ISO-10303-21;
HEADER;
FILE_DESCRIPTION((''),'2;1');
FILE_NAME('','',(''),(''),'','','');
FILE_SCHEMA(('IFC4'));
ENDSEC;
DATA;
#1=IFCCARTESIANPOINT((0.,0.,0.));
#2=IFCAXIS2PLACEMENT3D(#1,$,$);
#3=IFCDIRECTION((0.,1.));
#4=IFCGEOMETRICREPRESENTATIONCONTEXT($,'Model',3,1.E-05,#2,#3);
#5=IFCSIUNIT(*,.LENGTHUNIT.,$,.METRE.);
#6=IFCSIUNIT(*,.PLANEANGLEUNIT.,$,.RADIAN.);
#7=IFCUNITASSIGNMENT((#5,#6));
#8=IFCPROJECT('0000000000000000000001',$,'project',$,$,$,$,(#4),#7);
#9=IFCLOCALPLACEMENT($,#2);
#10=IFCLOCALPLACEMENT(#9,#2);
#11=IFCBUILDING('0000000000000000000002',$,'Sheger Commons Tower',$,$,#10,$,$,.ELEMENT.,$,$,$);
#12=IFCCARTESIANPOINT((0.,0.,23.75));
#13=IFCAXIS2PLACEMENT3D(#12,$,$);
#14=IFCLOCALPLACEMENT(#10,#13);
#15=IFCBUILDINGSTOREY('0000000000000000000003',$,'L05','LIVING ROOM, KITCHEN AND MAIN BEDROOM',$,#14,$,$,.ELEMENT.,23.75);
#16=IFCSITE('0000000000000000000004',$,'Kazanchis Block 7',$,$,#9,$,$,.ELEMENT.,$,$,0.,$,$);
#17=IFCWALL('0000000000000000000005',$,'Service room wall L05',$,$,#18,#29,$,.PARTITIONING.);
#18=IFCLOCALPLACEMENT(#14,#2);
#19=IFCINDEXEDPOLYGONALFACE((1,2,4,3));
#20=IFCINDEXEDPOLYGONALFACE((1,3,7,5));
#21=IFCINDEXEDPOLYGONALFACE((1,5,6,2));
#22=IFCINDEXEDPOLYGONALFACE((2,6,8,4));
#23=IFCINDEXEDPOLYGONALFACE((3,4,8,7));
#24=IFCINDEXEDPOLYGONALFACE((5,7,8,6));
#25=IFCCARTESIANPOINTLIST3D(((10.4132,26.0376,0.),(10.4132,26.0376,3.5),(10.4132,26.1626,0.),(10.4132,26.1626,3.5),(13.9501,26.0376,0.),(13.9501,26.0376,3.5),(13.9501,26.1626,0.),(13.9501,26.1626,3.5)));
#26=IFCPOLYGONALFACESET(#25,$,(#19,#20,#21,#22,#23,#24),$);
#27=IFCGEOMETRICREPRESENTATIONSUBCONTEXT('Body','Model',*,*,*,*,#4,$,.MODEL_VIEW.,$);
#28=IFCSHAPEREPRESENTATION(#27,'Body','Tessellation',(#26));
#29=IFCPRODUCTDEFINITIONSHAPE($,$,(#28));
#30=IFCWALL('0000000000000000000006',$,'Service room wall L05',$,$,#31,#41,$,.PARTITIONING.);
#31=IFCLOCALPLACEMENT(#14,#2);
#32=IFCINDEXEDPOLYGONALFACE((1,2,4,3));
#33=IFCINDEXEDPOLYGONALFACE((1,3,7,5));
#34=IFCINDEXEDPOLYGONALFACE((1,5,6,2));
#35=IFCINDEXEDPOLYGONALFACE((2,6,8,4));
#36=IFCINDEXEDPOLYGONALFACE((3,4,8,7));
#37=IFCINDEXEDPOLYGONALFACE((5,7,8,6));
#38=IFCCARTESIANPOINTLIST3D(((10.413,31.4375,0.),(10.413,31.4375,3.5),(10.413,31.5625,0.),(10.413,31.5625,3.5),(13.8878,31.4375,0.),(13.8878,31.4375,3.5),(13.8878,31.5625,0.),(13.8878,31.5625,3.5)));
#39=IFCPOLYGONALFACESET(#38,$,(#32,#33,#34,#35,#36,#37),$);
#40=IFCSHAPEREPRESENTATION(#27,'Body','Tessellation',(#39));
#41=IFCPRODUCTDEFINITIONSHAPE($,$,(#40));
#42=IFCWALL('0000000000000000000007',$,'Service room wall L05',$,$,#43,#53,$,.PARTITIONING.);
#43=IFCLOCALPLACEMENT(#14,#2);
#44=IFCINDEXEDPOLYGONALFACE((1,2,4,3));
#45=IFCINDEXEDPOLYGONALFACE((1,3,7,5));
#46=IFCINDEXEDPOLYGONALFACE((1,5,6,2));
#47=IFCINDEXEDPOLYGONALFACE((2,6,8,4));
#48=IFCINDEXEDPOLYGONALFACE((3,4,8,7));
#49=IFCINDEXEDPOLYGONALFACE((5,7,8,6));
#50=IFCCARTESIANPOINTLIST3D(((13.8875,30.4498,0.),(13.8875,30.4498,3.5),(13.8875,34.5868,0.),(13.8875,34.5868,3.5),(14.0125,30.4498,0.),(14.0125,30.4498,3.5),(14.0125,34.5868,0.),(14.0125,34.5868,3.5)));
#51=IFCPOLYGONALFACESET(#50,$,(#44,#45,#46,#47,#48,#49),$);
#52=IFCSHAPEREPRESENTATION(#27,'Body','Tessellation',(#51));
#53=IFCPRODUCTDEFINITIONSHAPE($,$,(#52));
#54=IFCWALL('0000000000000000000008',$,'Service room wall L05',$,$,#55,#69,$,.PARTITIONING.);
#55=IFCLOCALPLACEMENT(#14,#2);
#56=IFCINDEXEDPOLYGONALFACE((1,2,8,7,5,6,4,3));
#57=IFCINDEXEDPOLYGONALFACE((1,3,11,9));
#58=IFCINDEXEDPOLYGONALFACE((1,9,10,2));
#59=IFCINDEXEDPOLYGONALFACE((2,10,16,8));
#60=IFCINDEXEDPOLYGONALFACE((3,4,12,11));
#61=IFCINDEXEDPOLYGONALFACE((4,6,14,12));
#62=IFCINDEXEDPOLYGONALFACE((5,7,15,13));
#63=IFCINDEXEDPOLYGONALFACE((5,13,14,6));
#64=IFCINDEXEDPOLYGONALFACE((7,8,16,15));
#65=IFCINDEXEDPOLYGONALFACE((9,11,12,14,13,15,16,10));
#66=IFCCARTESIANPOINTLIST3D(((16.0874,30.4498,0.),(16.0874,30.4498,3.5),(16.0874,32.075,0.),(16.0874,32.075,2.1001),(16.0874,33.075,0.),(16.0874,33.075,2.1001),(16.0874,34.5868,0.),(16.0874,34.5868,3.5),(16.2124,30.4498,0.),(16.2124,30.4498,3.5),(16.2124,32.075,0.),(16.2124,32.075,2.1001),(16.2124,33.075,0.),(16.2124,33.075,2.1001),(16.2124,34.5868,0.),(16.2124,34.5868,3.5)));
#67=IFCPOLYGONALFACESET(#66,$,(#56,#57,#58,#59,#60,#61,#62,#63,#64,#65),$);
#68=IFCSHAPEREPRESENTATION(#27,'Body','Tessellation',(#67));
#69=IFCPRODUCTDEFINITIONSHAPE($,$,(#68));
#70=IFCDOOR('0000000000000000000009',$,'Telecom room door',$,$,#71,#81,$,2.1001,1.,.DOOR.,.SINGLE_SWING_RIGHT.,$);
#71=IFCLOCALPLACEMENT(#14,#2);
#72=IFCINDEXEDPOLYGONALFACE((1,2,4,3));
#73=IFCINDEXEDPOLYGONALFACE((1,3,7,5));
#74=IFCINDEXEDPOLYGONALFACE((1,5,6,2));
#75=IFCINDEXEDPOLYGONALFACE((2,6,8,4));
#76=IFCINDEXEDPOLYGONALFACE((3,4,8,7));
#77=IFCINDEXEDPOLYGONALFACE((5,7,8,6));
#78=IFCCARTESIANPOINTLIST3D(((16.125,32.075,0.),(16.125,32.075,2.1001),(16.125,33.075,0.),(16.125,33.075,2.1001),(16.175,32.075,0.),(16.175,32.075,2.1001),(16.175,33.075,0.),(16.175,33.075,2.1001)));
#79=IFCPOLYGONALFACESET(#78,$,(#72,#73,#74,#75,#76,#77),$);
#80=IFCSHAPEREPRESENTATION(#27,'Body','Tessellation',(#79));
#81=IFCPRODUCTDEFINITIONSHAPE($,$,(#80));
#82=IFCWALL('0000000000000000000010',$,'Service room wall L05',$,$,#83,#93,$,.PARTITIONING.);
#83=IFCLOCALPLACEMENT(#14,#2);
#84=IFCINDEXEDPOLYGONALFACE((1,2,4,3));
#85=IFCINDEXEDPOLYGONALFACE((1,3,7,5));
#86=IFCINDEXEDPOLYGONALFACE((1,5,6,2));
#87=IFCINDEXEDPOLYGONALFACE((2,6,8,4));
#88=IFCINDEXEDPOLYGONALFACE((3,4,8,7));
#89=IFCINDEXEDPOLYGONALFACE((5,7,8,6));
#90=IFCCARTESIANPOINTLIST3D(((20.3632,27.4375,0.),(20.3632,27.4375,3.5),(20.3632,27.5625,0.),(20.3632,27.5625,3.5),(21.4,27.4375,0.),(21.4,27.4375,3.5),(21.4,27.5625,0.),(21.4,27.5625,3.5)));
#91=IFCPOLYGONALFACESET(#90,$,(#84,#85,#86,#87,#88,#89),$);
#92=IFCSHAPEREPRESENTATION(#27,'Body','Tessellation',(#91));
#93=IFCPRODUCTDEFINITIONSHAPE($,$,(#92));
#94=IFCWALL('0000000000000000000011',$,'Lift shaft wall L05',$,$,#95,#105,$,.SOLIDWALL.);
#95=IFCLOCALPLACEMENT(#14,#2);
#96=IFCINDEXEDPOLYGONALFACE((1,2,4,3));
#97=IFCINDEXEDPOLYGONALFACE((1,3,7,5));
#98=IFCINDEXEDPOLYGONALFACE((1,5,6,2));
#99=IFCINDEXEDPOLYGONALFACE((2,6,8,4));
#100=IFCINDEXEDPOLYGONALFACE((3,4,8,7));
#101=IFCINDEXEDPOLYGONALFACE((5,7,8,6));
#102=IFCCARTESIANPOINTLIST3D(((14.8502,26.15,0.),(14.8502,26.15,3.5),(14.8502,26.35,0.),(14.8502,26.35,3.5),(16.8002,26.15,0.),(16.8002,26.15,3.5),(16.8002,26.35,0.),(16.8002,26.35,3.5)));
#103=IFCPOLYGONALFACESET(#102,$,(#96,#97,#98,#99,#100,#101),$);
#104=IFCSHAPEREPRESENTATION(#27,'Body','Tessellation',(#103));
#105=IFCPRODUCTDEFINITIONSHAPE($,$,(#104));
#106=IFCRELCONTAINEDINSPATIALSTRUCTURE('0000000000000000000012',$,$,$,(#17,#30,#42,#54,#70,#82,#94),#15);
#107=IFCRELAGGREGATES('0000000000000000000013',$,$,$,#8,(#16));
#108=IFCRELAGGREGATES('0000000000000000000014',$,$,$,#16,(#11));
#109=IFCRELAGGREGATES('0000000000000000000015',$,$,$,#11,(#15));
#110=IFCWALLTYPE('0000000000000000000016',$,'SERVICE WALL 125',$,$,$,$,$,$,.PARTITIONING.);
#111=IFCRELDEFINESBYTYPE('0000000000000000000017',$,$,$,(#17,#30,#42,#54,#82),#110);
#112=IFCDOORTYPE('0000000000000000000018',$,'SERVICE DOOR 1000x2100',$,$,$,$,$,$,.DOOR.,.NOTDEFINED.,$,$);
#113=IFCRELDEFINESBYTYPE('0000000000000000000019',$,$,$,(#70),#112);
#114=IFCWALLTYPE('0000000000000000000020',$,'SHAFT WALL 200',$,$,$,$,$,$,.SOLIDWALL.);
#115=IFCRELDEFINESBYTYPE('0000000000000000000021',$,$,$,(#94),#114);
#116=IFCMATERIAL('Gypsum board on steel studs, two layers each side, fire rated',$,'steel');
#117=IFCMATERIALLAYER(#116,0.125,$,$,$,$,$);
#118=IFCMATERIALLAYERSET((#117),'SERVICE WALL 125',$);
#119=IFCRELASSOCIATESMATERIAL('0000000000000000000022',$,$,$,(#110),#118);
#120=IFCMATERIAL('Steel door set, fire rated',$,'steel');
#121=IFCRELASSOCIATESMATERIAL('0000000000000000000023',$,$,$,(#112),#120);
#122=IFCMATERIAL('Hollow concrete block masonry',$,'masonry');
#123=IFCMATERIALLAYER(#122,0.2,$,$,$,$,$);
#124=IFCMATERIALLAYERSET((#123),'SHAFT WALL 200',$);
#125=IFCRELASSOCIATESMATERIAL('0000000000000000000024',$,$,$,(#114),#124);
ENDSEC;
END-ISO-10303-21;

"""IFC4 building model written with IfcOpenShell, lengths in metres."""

from ifc_helpers import new_model, si_unit, direction, frame, frame_2d, origin, place, context, subcontext, project, spatial, rectangle, extrude, material, layer, layer_set, type_object, element, fill, save


model = new_model("IFC4")

# Units and contexts
model_context = context("Model", 3, precision=1e-05, world=origin(), true_north=direction((0.0, 1.0)))
body_context = subcontext(model_context, "Body", "Model", "MODEL_VIEW")
ifc_project = project(units=[si_unit("LENGTHUNIT", "METRE"), si_unit("PLANEANGLEUNIT", "RADIAN")], contexts=[model_context])

# Site, building, storey
site_placement = place(None, origin())
site = spatial("IfcSite", under=ifc_project, at=site_placement, Name="Kazanchis Block 7", CompositionType="ELEMENT", RefElevation=0.0)
building_placement = place(site_placement, origin())
building = spatial("IfcBuilding", under=site, at=building_placement, Name="Sheger Commons Tower", CompositionType="ELEMENT")
storey_placement = place(building_placement, frame((0.0, 0.0, 23.75)))
storey = spatial("IfcBuildingStorey", under=building, at=storey_placement, Name="L05", Description="LIVING ROOM, KITCHEN AND MAIN BEDROOM", CompositionType="ELEMENT", Elevation=23.75)

# Shared definitions
ifc_material_1 = material(Name="Gypsum board on steel studs, two layers each side, fire rated", Category="steel")
ifc_layer_1 = layer(ifc_material_1, 0.125)
ifc_layer_set_1 = layer_set([ifc_layer_1], Name="SERVICE WALL 125")
wall_type_1 = type_object("IfcWallType", Name="SERVICE WALL 125", PredefinedType="PARTITIONING", material=ifc_layer_set_1)
ifc_material_2 = material(Name="Steel door set, fire rated", Category="steel")
door_type_1 = type_object("IfcDoorType", Name="SERVICE DOOR 1000x2100", OperationType="NOTDEFINED", PredefinedType="DOOR", material=ifc_material_2)

# Walls
wall_1_placement = place(storey_placement, frame((10.4131, 26.1001, 0.0), z_axis=(0.0, 0.0, 1.0), x_axis=(1.0, 0.0, 0.0)))
element("IfcWall", 1, at=wall_1_placement, inside=storey, type_object=wall_type_1, Name="Service room wall L05", PredefinedType="PARTITIONING", context=body_context, shape_type="SweptSolid", body=[
    extrude(rectangle(XDim=3.5369, YDim=0.125, at=frame_2d((1.7686, 0.0))), origin(), (0.0, 0.0, 1.0), 3.5),
])
wall_2_placement = place(storey_placement, frame((10.4131, 31.5, 0.0), z_axis=(0.0, 0.0, 1.0), x_axis=(1.0, 0.0, 0.0)))
element("IfcWall", 2, at=wall_2_placement, inside=storey, type_object=wall_type_1, Name="Service room wall L05", PredefinedType="PARTITIONING", context=body_context, shape_type="SweptSolid", body=[
    extrude(rectangle(XDim=3.4749, YDim=0.125, at=frame_2d((1.7373, 0.0))), origin(), (0.0, 0.0, 1.0), 3.5),
])
wall_3_placement = place(storey_placement, frame((13.95, 30.45, 0.0), z_axis=(0.0, 0.0, 1.0), x_axis=(0.0, 1.0, 0.0)))
element("IfcWall", 3, at=wall_3_placement, inside=storey, type_object=wall_type_1, Name="Service room wall L05", PredefinedType="PARTITIONING", context=body_context, shape_type="SweptSolid", body=[
    extrude(rectangle(XDim=4.137, YDim=0.125, at=frame_2d((2.0684, 0.0))), origin(), (0.0, 0.0, 1.0), 3.5),
])

# Wall, opening, door
wall_4_placement = place(storey_placement, frame((16.1499, 30.45, 0.0), z_axis=(0.0, 0.0, 1.0), x_axis=(0.0, 1.0, 0.0)))
wall_4 = element("IfcWall", 4, at=wall_4_placement, inside=storey, type_object=wall_type_1, Name="Service room wall L05", PredefinedType="PARTITIONING", context=body_context, shape_type="SweptSolid", body=[
    extrude(rectangle(XDim=4.137, YDim=0.125, at=frame_2d((2.0684, 0.0))), origin(), (0.0, 0.0, 1.0), 3.5),
])
opening_1_placement = place(wall_4_placement, frame((1.625, 0.0, 0.0)))
opening_1 = element("IfcOpeningElement", 5, at=opening_1_placement, cuts=wall_4, PredefinedType="OPENING", context=body_context, shape_type="SweptSolid", body=[
    extrude(rectangle(XDim=1.0, YDim=2.1001, at=frame_2d((0.5, 1.05))), frame((0.0, 0.0725, 0.0), z_axis=(0.0, -1.0, 0.0), x_axis=(1.0, 0.0, 0.0)), (0.0, 0.0, 1.0), 0.145),
])
door_1_placement = place(opening_1_placement, origin())
door_1 = element("IfcDoor", 6, at=door_1_placement, inside=storey, type_object=door_type_1, Name="Telecom room door", OperationType="SINGLE_SWING_RIGHT", OverallHeight=2.1001, OverallWidth=1.0, PredefinedType="DOOR", context=body_context, shape_type="SweptSolid", body=[
    extrude(rectangle(XDim=1.0, YDim=2.1001, at=frame_2d((0.5, 1.05))), frame((0.0, 0.0249, 0.0), z_axis=(0.0, -1.0, 0.0), x_axis=(1.0, 0.0, 0.0)), (0.0, 0.0, 1.0), 0.05),
])
fill(opening_1, door_1)

# Walls
wall_5_placement = place(storey_placement, frame((20.363, 27.5, 0.0), z_axis=(0.0, 0.0, 1.0), x_axis=(1.0, 0.0, 0.0)))
element("IfcWall", 7, at=wall_5_placement, inside=storey, type_object=wall_type_1, Name="Service room wall L05", PredefinedType="PARTITIONING", context=body_context, shape_type="SweptSolid", body=[
    extrude(rectangle(XDim=1.0369, YDim=0.125, at=frame_2d((0.5186, 0.0))), origin(), (0.0, 0.0, 1.0), 3.5),
])
ifc_material_3 = material(Name="Hollow concrete block masonry", Category="masonry")
ifc_layer_2 = layer(ifc_material_3, 0.2)
ifc_layer_set_2 = layer_set([ifc_layer_2], Name="SHAFT WALL 200")
wall_type_2 = type_object("IfcWallType", Name="SHAFT WALL 200", PredefinedType="SOLIDWALL", material=ifc_layer_set_2)
wall_6_placement = place(storey_placement, frame((14.8501, 26.25, 0.0), z_axis=(0.0, 0.0, 1.0), x_axis=(1.0, 0.0, 0.0)))
element("IfcWall", 8, at=wall_6_placement, inside=storey, type_object=wall_type_2, Name="Lift shaft wall L05", PredefinedType="SOLIDWALL", context=body_context, shape_type="SweptSolid", body=[
    extrude(rectangle(XDim=1.95, YDim=0.2, at=frame_2d((0.9751, 0.0))), origin(), (0.0, 0.0, 1.0), 3.5),
])

save(model, "model.ifc")
